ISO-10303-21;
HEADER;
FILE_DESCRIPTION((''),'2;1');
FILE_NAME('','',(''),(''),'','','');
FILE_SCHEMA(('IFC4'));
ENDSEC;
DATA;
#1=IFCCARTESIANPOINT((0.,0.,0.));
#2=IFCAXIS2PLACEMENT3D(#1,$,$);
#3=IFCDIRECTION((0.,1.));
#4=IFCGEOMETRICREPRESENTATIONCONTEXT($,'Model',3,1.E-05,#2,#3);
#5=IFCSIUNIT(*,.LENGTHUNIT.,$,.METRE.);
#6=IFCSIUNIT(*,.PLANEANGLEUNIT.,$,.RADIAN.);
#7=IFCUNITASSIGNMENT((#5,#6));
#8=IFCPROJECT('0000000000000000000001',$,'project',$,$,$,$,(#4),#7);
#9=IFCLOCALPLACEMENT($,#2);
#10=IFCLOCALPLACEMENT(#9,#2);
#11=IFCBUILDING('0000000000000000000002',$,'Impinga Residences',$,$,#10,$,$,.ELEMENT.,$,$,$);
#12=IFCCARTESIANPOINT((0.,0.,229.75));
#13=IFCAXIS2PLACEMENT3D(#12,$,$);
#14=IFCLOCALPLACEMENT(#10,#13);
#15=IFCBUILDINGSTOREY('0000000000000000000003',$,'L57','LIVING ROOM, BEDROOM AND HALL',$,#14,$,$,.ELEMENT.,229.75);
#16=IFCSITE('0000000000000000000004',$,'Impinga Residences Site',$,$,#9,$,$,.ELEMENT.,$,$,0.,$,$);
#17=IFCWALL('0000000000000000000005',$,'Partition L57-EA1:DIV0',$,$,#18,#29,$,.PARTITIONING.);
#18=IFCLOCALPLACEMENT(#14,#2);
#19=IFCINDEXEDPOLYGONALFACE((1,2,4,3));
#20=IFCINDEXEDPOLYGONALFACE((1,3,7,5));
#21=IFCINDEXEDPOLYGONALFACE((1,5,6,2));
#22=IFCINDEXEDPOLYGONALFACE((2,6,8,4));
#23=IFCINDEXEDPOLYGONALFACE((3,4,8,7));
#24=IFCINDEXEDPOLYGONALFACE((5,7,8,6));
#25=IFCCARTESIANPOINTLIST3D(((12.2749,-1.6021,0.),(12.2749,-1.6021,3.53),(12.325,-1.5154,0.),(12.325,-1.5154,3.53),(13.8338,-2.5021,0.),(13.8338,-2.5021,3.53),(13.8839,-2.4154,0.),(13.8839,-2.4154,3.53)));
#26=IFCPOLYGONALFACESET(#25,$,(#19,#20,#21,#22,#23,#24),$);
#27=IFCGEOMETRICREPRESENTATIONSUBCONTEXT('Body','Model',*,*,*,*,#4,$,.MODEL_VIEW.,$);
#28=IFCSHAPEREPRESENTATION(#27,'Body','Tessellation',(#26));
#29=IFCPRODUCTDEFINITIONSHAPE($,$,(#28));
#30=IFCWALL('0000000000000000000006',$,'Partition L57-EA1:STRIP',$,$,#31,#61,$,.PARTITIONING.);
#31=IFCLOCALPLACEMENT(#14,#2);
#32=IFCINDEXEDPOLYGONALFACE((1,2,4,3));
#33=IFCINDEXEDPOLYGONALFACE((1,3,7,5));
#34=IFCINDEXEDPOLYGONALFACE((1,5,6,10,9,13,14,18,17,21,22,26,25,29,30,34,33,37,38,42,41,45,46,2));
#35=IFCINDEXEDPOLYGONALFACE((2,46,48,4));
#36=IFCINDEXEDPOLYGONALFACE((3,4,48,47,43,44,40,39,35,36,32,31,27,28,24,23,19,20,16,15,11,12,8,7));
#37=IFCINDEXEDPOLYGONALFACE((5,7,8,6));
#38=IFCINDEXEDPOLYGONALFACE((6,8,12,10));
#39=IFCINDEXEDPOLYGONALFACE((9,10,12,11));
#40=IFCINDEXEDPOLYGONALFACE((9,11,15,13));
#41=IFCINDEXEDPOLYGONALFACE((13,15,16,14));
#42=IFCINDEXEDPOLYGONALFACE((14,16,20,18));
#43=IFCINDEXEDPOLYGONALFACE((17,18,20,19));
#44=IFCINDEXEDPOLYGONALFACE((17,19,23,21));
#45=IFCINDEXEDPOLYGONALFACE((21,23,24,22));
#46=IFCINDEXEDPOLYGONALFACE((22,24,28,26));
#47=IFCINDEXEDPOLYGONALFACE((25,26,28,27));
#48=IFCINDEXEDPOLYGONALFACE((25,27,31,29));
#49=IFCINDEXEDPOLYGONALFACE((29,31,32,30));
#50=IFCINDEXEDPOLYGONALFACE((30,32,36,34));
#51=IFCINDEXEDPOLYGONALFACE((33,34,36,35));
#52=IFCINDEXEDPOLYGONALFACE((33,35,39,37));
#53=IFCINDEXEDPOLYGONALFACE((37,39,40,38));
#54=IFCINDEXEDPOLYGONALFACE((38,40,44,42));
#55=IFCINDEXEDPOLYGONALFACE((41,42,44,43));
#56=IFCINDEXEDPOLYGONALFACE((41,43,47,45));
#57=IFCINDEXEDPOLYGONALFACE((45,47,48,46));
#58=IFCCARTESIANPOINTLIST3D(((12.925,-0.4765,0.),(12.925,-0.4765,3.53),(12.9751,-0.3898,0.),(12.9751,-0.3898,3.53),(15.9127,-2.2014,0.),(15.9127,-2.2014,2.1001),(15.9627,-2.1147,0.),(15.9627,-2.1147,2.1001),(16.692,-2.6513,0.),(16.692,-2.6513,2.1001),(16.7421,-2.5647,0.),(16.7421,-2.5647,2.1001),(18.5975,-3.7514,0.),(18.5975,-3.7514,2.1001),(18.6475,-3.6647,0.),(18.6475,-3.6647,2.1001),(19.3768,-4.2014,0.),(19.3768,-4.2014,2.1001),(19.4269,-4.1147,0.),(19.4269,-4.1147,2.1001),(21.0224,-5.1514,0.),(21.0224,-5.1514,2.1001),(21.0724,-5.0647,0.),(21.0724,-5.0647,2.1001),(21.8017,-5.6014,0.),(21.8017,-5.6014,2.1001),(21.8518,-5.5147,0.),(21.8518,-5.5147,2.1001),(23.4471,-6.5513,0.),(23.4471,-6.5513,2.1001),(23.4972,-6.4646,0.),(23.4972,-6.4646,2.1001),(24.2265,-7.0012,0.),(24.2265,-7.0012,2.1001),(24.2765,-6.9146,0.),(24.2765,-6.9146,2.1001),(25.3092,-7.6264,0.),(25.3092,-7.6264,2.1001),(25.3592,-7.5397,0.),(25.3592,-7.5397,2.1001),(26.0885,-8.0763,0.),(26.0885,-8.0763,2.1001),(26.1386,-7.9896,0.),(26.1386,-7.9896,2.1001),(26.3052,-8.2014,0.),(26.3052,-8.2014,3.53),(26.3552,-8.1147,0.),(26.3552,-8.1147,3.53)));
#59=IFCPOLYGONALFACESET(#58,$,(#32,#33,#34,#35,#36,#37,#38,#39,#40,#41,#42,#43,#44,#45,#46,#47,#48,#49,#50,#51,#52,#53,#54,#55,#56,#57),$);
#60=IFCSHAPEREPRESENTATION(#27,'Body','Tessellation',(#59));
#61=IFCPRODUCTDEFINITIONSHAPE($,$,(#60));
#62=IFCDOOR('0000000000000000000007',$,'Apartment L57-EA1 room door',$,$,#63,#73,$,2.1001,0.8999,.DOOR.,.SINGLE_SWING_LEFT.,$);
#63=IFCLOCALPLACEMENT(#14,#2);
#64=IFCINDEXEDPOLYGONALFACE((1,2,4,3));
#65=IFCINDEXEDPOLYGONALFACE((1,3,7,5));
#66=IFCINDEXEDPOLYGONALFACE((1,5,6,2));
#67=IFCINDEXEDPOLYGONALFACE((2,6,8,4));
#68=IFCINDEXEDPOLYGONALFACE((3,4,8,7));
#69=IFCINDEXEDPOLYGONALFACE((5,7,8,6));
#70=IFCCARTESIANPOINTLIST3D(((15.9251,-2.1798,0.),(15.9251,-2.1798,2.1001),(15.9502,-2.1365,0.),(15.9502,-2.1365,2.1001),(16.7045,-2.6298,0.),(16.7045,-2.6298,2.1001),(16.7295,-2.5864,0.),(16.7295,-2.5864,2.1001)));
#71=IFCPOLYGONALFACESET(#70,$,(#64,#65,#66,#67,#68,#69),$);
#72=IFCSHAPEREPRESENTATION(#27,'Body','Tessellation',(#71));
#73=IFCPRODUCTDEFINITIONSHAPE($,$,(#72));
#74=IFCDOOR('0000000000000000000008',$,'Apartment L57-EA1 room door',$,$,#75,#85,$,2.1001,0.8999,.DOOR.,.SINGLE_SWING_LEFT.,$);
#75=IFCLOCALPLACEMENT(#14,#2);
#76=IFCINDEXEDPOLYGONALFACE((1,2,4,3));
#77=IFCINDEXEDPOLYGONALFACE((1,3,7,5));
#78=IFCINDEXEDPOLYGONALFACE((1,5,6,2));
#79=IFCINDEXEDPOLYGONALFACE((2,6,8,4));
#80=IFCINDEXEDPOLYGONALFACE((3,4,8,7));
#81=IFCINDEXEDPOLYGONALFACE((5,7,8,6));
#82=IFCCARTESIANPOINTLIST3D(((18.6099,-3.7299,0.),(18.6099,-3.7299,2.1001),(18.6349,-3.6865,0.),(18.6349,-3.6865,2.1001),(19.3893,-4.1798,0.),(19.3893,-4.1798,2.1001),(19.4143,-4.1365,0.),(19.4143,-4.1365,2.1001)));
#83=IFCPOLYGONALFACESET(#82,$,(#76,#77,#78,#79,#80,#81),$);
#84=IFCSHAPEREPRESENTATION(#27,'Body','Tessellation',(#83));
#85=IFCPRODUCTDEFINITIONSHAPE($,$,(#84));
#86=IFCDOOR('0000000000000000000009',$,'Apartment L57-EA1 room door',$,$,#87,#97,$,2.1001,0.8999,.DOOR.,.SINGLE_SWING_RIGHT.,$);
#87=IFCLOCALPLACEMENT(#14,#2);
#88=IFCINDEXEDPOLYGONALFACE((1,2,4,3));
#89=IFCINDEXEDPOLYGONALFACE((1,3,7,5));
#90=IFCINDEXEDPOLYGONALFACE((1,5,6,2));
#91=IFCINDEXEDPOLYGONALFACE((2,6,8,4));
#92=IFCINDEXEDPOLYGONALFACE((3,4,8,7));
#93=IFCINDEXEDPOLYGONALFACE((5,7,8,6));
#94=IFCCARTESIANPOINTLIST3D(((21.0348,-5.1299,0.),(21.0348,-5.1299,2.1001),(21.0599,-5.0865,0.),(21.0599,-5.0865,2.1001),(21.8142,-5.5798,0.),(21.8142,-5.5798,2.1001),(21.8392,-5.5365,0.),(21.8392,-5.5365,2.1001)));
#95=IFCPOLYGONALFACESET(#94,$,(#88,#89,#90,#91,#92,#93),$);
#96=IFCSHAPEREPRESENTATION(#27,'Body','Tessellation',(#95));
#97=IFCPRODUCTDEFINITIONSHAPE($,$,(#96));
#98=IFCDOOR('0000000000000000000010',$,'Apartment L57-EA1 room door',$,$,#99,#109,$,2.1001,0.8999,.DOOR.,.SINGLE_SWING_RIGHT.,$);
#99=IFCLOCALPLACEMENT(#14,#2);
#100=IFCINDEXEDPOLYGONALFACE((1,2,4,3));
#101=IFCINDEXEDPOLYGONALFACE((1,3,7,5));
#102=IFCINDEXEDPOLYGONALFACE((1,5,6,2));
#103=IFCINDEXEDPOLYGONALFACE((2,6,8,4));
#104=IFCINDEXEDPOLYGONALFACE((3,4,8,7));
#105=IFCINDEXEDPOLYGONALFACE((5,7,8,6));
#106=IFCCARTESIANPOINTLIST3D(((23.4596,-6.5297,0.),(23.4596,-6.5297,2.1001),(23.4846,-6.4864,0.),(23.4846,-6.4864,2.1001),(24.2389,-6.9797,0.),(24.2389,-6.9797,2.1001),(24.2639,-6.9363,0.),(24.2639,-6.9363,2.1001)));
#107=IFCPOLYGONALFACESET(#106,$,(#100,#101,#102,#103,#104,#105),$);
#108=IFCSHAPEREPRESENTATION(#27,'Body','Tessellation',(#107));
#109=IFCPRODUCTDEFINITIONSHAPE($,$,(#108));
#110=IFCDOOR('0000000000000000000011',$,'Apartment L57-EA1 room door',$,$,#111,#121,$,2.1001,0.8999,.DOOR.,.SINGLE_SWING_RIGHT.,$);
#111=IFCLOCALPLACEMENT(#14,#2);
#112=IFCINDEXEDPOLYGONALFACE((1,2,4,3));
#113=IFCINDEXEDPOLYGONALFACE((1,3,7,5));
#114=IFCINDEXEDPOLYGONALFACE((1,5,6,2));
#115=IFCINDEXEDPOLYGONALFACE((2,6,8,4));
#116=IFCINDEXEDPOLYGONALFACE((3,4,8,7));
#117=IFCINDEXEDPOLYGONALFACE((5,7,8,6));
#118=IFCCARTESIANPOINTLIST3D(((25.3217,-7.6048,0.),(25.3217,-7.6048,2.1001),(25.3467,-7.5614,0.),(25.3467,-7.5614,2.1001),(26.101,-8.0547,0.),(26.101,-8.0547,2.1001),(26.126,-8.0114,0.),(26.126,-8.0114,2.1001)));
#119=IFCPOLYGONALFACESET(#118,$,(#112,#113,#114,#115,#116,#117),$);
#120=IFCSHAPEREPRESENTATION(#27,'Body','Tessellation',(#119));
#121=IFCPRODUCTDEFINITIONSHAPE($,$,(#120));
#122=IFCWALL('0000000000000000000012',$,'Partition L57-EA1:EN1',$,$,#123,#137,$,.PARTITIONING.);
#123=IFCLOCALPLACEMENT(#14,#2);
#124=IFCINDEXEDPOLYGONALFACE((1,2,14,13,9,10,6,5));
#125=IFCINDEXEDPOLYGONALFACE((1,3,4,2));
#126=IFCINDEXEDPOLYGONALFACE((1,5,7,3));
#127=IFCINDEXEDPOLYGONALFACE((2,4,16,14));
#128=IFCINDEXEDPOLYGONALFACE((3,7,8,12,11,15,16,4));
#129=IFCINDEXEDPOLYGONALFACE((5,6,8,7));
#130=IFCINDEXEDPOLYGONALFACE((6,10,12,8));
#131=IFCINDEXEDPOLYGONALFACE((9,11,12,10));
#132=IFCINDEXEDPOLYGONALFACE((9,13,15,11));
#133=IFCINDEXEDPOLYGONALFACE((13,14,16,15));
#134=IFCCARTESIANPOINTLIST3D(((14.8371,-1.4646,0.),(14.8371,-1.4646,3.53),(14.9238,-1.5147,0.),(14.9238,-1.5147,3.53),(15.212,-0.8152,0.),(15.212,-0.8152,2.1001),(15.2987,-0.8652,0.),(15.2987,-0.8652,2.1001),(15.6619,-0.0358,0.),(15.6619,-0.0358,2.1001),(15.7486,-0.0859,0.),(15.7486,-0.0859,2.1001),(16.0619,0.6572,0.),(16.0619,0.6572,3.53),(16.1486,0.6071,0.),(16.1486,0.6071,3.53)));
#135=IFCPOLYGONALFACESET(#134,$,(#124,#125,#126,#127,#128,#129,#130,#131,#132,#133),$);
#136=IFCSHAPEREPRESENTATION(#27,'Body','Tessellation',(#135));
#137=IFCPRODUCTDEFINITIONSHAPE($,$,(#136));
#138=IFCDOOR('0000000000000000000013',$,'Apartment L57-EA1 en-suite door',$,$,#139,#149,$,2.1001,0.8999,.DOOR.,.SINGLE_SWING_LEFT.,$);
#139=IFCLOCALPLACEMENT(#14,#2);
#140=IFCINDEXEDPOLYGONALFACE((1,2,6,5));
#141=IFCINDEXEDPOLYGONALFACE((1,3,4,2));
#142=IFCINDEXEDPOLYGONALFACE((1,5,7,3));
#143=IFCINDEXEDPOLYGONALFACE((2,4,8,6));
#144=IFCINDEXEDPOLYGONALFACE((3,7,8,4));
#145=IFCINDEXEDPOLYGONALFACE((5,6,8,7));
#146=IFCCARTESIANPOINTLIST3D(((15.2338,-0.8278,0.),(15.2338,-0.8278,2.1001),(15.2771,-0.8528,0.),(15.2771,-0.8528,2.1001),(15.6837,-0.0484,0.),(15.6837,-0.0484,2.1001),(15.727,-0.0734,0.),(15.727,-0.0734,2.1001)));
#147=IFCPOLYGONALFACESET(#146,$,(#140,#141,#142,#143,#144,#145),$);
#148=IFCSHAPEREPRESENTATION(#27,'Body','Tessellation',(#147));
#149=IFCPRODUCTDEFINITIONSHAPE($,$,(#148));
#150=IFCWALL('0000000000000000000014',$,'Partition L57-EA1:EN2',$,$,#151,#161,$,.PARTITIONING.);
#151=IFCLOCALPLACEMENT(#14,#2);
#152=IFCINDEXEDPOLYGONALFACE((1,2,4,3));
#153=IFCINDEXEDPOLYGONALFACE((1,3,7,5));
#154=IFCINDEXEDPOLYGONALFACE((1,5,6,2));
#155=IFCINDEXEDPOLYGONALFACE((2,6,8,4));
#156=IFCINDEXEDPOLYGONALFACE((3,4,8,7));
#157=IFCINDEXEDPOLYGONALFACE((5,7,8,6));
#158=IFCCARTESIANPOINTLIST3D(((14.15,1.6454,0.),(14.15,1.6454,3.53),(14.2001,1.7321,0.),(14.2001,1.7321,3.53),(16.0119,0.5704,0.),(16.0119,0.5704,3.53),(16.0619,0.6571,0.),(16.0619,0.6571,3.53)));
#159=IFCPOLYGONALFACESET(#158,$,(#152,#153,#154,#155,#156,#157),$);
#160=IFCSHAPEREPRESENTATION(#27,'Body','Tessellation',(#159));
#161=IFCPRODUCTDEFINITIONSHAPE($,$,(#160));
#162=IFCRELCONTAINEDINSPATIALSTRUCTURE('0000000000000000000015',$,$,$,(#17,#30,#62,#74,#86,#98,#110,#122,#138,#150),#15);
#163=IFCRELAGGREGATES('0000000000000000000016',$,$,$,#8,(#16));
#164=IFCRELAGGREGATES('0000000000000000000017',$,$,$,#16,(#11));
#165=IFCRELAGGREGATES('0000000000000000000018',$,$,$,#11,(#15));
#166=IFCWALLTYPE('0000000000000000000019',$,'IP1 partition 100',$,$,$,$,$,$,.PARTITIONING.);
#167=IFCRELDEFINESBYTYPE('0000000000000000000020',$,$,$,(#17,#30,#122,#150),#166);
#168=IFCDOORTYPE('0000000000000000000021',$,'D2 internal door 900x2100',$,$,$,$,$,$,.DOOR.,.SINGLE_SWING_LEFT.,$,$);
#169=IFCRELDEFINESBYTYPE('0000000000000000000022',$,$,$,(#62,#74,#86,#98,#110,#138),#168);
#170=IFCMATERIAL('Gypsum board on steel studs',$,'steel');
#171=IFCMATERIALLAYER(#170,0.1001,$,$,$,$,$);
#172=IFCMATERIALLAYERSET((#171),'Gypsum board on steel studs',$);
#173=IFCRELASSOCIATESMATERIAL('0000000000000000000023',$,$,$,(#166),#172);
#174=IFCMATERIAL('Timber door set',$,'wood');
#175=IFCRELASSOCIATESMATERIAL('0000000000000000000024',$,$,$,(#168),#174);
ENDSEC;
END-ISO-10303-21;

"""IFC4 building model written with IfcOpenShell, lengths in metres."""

from ifc_helpers import new_model, si_unit, direction, frame, frame_2d, origin, place, context, subcontext, project, spatial, rectangle, extrude, material, layer, layer_set, type_object, element, fill, save


model = new_model("IFC4")

# Units and contexts
model_context = context("Model", 3, precision=1e-05, world=origin(), true_north=direction((0.0, 1.0)))
body_context = subcontext(model_context, "Body", "Model", "MODEL_VIEW")
ifc_project = project(units=[si_unit("LENGTHUNIT", "METRE"), si_unit("PLANEANGLEUNIT", "RADIAN")], contexts=[model_context])

# Site, building, storey
site_placement = place(None, origin())
site = spatial("IfcSite", under=ifc_project, at=site_placement, Name="Impinga Residences Site", CompositionType="ELEMENT", RefElevation=0.0)
building_placement = place(site_placement, origin())
building = spatial("IfcBuilding", under=site, at=building_placement, Name="Impinga Residences", CompositionType="ELEMENT")
storey_placement = place(building_placement, frame((0.0, 0.0, 229.75)))
storey = spatial("IfcBuildingStorey", under=building, at=storey_placement, Name="L57", Description="LIVING ROOM, BEDROOM AND HALL", CompositionType="ELEMENT", Elevation=229.75)

# Wall
ifc_material_1 = material(Name="Gypsum board on steel studs", Category="steel")
ifc_layer_1 = layer(ifc_material_1, 0.1001)
ifc_layer_set_1 = layer_set([ifc_layer_1], Name="Gypsum board on steel studs")
wall_type_1 = type_object("IfcWallType", Name="IP1 partition 100", PredefinedType="PARTITIONING", material=ifc_layer_set_1)
wall_1_placement = place(storey_placement, frame((12.3, -1.5588, 0.0), z_axis=(0.0, 0.0, 1.0), x_axis=(0.866048, -0.499961, 0.0)))
element("IfcWall", 1, at=wall_1_placement, inside=storey, type_object=wall_type_1, Name="Partition L57-EA1:DIV0", PredefinedType="PARTITIONING", context=body_context, shape_type="SweptSolid", body=[
    extrude(rectangle(XDim=1.8, YDim=0.1001, at=frame_2d((0.8999, 0.0))), origin(), (0.0, 0.0, 1.0), 3.53),
])

# Wall, openings, doors
wall_2_placement = place(storey_placement, frame((12.95, -0.4331, 0.0), z_axis=(0.0, 0.0, 1.0), x_axis=(0.86603, -0.499992, 0.0)))
wall_2 = element("IfcWall", 2, at=wall_2_placement, inside=storey, type_object=wall_type_1, Name="Partition L57-EA1:STRIP", PredefinedType="PARTITIONING", context=body_context, shape_type="SweptSolid", body=[
    extrude(rectangle(XDim=15.45, YDim=0.1001, at=frame_2d((7.7251, 0.0))), origin(), (0.0, 0.0, 1.0), 3.53),
])
opening_1_placement = place(wall_2_placement, frame((3.45, 0.0, 0.0)))
opening_1 = element("IfcOpeningElement", 3, at=opening_1_placement, cuts=wall_2, PredefinedType="OPENING", context=body_context, shape_type="SweptSolid", body=[
    extrude(rectangle(XDim=0.8999, YDim=2.1001, at=frame_2d((0.45, 1.05))), frame((0.0, 0.0601, 0.0), z_axis=(0.0, -1.0, 0.0), x_axis=(1.0, 0.0, 0.0)), (0.0, 0.0, 1.0), 0.1201),
])
opening_2_placement = place(wall_2_placement, frame((6.55, 0.0, 0.0)))
opening_2 = element("IfcOpeningElement", 4, at=opening_2_placement, cuts=wall_2, PredefinedType="OPENING", context=body_context, shape_type="SweptSolid", body=[
    extrude(rectangle(XDim=0.8999, YDim=2.1001, at=frame_2d((0.45, 1.05))), frame((0.0, 0.0601, 0.0), z_axis=(0.0, -1.0, 0.0), x_axis=(1.0, 0.0, 0.0)), (0.0, 0.0, 1.0), 0.1201),
])
opening_3_placement = place(wall_2_placement, frame((9.3501, 0.0, 0.0)))
opening_3 = element("IfcOpeningElement", 5, at=opening_3_placement, cuts=wall_2, PredefinedType="OPENING", context=body_context, shape_type="SweptSolid", body=[
    extrude(rectangle(XDim=0.8999, YDim=2.1001, at=frame_2d((0.45, 1.05))), frame((0.0, 0.0601, 0.0), z_axis=(0.0, -1.0, 0.0), x_axis=(1.0, 0.0, 0.0)), (0.0, 0.0, 1.0), 0.1201),
])
opening_4_placement = place(wall_2_placement, frame((12.1499, 0.0, 0.0)))
opening_4 = element("IfcOpeningElement", 6, at=opening_4_placement, cuts=wall_2, PredefinedType="OPENING", context=body_context, shape_type="SweptSolid", body=[
    extrude(rectangle(XDim=0.8999, YDim=2.1001, at=frame_2d((0.45, 1.05))), frame((0.0, 0.0601, 0.0), z_axis=(0.0, -1.0, 0.0), x_axis=(1.0, 0.0, 0.0)), (0.0, 0.0, 1.0), 0.1201),
])
opening_5_placement = place(wall_2_placement, frame((14.3, 0.0, 0.0)))
opening_5 = element("IfcOpeningElement", 7, at=opening_5_placement, cuts=wall_2, PredefinedType="OPENING", context=body_context, shape_type="SweptSolid", body=[
    extrude(rectangle(XDim=0.8999, YDim=2.1001, at=frame_2d((0.45, 1.05))), frame((0.0, 0.0601, 0.0), z_axis=(0.0, -1.0, 0.0), x_axis=(1.0, 0.0, 0.0)), (0.0, 0.0, 1.0), 0.1201),
])
ifc_material_2 = material(Name="Timber door set", Category="wood")
door_type_1 = type_object("IfcDoorType", Name="D2 internal door 900x2100", OperationType="SINGLE_SWING_LEFT", PredefinedType="DOOR", material=ifc_material_2)
door_1_placement = place(opening_1_placement, origin())
door_1 = element("IfcDoor", 8, at=door_1_placement, inside=storey, type_object=door_type_1, Name="Apartment L57-EA1 room door", OperationType="SINGLE_SWING_LEFT", OverallHeight=2.1001, OverallWidth=0.8999, PredefinedType="DOOR", context=body_context, shape_type="SweptSolid", body=[
    extrude(rectangle(XDim=0.8999, YDim=2.1001, at=frame_2d((0.45, 1.05))), frame((0.0, 0.0249, 0.0), z_axis=(0.0, -1.0, 0.0), x_axis=(1.0, 0.0, 0.0)), (0.0, 0.0, 1.0), 0.05),
])
fill(opening_1, door_1)
door_2_placement = place(opening_2_placement, origin())
door_2 = element("IfcDoor", 9, at=door_2_placement, inside=storey, type_object=door_type_1, Name="Apartment L57-EA1 room door", OperationType="SINGLE_SWING_LEFT", OverallHeight=2.1001, OverallWidth=0.8999, PredefinedType="DOOR", context=body_context, shape_type="SweptSolid", body=[
    extrude(rectangle(XDim=0.8999, YDim=2.1001, at=frame_2d((0.45, 1.05))), frame((0.0, 0.0249, 0.0), z_axis=(0.0, -1.0, 0.0), x_axis=(1.0, 0.0, 0.0)), (0.0, 0.0, 1.0), 0.05),
])
fill(opening_2, door_2)
door_3_placement = place(opening_3_placement, origin())
door_3 = element("IfcDoor", 10, at=door_3_placement, inside=storey, type_object=door_type_1, Name="Apartment L57-EA1 room door", OperationType="SINGLE_SWING_RIGHT", OverallHeight=2.1001, OverallWidth=0.8999, PredefinedType="DOOR", context=body_context, shape_type="SweptSolid", body=[
    extrude(rectangle(XDim=0.8999, YDim=2.1001, at=frame_2d((0.45, 1.05))), frame((0.0, 0.0249, 0.0), z_axis=(0.0, -1.0, 0.0), x_axis=(1.0, 0.0, 0.0)), (0.0, 0.0, 1.0), 0.05),
])
fill(opening_3, door_3)
door_4_placement = place(opening_4_placement, origin())
door_4 = element("IfcDoor", 11, at=door_4_placement, inside=storey, type_object=door_type_1, Name="Apartment L57-EA1 room door", OperationType="SINGLE_SWING_RIGHT", OverallHeight=2.1001, OverallWidth=0.8999, PredefinedType="DOOR", context=body_context, shape_type="SweptSolid", body=[
    extrude(rectangle(XDim=0.8999, YDim=2.1001, at=frame_2d((0.45, 1.05))), frame((0.0, 0.0249, 0.0), z_axis=(0.0, -1.0, 0.0), x_axis=(1.0, 0.0, 0.0)), (0.0, 0.0, 1.0), 0.05),
])
fill(opening_4, door_4)
door_5_placement = place(opening_5_placement, origin())
door_5 = element("IfcDoor", 12, at=door_5_placement, inside=storey, type_object=door_type_1, Name="Apartment L57-EA1 room door", OperationType="SINGLE_SWING_RIGHT", OverallHeight=2.1001, OverallWidth=0.8999, PredefinedType="DOOR", context=body_context, shape_type="SweptSolid", body=[
    extrude(rectangle(XDim=0.8999, YDim=2.1001, at=frame_2d((0.45, 1.05))), frame((0.0, 0.0249, 0.0), z_axis=(0.0, -1.0, 0.0), x_axis=(1.0, 0.0, 0.0)), (0.0, 0.0, 1.0), 0.05),
])
fill(opening_5, door_5)

# Wall, opening, door
wall_3_placement = place(storey_placement, frame((14.8804, -1.4897, 0.0), z_axis=(0.0, 0.0, 1.0), x_axis=(0.499944, 0.866058, 0.0)))
wall_3 = element("IfcWall", 13, at=wall_3_placement, inside=storey, type_object=wall_type_1, Name="Partition L57-EA1:EN1", PredefinedType="PARTITIONING", context=body_context, shape_type="SweptSolid", body=[
    extrude(rectangle(XDim=2.45, YDim=0.1001, at=frame_2d((1.2251, 0.0))), origin(), (0.0, 0.0, 1.0), 3.53),
])
opening_6_placement = place(wall_3_placement, frame((0.75, 0.0, 0.0)))
opening_6 = element("IfcOpeningElement", 14, at=opening_6_placement, cuts=wall_3, PredefinedType="OPENING", context=body_context, shape_type="SweptSolid", body=[
    extrude(rectangle(XDim=0.8999, YDim=2.1001, at=frame_2d((0.45, 1.05))), frame((0.0, 0.0601, 0.0), z_axis=(0.0, -1.0, 0.0), x_axis=(1.0, 0.0, 0.0)), (0.0, 0.0, 1.0), 0.1201),
])
door_6_placement = place(opening_6_placement, origin())
door_6 = element("IfcDoor", 15, at=door_6_placement, inside=storey, type_object=door_type_1, Name="Apartment L57-EA1 en-suite door", OperationType="SINGLE_SWING_LEFT", OverallHeight=2.1001, OverallWidth=0.8999, PredefinedType="DOOR", context=body_context, shape_type="SweptSolid", body=[
    extrude(rectangle(XDim=0.8999, YDim=2.1001, at=frame_2d((0.45, 1.05))), frame((0.0, 0.0249, 0.0), z_axis=(0.0, -1.0, 0.0), x_axis=(1.0, 0.0, 0.0)), (0.0, 0.0, 1.0), 0.05),
])
fill(opening_6, door_6)

# Wall
wall_4_placement = place(storey_placement, frame((14.175, 1.6887, 0.0), z_axis=(0.0, 0.0, 1.0), x_axis=(0.866019, -0.500011, 0.0)))
element("IfcWall", 16, at=wall_4_placement, inside=storey, type_object=wall_type_1, Name="Partition L57-EA1:EN2", PredefinedType="PARTITIONING", context=body_context, shape_type="SweptSolid", body=[
    extrude(rectangle(XDim=2.1499, YDim=0.1001, at=frame_2d((1.075, 0.0))), origin(), (0.0, 0.0, 1.0), 3.53),
])

save(model, "model.ifc")
